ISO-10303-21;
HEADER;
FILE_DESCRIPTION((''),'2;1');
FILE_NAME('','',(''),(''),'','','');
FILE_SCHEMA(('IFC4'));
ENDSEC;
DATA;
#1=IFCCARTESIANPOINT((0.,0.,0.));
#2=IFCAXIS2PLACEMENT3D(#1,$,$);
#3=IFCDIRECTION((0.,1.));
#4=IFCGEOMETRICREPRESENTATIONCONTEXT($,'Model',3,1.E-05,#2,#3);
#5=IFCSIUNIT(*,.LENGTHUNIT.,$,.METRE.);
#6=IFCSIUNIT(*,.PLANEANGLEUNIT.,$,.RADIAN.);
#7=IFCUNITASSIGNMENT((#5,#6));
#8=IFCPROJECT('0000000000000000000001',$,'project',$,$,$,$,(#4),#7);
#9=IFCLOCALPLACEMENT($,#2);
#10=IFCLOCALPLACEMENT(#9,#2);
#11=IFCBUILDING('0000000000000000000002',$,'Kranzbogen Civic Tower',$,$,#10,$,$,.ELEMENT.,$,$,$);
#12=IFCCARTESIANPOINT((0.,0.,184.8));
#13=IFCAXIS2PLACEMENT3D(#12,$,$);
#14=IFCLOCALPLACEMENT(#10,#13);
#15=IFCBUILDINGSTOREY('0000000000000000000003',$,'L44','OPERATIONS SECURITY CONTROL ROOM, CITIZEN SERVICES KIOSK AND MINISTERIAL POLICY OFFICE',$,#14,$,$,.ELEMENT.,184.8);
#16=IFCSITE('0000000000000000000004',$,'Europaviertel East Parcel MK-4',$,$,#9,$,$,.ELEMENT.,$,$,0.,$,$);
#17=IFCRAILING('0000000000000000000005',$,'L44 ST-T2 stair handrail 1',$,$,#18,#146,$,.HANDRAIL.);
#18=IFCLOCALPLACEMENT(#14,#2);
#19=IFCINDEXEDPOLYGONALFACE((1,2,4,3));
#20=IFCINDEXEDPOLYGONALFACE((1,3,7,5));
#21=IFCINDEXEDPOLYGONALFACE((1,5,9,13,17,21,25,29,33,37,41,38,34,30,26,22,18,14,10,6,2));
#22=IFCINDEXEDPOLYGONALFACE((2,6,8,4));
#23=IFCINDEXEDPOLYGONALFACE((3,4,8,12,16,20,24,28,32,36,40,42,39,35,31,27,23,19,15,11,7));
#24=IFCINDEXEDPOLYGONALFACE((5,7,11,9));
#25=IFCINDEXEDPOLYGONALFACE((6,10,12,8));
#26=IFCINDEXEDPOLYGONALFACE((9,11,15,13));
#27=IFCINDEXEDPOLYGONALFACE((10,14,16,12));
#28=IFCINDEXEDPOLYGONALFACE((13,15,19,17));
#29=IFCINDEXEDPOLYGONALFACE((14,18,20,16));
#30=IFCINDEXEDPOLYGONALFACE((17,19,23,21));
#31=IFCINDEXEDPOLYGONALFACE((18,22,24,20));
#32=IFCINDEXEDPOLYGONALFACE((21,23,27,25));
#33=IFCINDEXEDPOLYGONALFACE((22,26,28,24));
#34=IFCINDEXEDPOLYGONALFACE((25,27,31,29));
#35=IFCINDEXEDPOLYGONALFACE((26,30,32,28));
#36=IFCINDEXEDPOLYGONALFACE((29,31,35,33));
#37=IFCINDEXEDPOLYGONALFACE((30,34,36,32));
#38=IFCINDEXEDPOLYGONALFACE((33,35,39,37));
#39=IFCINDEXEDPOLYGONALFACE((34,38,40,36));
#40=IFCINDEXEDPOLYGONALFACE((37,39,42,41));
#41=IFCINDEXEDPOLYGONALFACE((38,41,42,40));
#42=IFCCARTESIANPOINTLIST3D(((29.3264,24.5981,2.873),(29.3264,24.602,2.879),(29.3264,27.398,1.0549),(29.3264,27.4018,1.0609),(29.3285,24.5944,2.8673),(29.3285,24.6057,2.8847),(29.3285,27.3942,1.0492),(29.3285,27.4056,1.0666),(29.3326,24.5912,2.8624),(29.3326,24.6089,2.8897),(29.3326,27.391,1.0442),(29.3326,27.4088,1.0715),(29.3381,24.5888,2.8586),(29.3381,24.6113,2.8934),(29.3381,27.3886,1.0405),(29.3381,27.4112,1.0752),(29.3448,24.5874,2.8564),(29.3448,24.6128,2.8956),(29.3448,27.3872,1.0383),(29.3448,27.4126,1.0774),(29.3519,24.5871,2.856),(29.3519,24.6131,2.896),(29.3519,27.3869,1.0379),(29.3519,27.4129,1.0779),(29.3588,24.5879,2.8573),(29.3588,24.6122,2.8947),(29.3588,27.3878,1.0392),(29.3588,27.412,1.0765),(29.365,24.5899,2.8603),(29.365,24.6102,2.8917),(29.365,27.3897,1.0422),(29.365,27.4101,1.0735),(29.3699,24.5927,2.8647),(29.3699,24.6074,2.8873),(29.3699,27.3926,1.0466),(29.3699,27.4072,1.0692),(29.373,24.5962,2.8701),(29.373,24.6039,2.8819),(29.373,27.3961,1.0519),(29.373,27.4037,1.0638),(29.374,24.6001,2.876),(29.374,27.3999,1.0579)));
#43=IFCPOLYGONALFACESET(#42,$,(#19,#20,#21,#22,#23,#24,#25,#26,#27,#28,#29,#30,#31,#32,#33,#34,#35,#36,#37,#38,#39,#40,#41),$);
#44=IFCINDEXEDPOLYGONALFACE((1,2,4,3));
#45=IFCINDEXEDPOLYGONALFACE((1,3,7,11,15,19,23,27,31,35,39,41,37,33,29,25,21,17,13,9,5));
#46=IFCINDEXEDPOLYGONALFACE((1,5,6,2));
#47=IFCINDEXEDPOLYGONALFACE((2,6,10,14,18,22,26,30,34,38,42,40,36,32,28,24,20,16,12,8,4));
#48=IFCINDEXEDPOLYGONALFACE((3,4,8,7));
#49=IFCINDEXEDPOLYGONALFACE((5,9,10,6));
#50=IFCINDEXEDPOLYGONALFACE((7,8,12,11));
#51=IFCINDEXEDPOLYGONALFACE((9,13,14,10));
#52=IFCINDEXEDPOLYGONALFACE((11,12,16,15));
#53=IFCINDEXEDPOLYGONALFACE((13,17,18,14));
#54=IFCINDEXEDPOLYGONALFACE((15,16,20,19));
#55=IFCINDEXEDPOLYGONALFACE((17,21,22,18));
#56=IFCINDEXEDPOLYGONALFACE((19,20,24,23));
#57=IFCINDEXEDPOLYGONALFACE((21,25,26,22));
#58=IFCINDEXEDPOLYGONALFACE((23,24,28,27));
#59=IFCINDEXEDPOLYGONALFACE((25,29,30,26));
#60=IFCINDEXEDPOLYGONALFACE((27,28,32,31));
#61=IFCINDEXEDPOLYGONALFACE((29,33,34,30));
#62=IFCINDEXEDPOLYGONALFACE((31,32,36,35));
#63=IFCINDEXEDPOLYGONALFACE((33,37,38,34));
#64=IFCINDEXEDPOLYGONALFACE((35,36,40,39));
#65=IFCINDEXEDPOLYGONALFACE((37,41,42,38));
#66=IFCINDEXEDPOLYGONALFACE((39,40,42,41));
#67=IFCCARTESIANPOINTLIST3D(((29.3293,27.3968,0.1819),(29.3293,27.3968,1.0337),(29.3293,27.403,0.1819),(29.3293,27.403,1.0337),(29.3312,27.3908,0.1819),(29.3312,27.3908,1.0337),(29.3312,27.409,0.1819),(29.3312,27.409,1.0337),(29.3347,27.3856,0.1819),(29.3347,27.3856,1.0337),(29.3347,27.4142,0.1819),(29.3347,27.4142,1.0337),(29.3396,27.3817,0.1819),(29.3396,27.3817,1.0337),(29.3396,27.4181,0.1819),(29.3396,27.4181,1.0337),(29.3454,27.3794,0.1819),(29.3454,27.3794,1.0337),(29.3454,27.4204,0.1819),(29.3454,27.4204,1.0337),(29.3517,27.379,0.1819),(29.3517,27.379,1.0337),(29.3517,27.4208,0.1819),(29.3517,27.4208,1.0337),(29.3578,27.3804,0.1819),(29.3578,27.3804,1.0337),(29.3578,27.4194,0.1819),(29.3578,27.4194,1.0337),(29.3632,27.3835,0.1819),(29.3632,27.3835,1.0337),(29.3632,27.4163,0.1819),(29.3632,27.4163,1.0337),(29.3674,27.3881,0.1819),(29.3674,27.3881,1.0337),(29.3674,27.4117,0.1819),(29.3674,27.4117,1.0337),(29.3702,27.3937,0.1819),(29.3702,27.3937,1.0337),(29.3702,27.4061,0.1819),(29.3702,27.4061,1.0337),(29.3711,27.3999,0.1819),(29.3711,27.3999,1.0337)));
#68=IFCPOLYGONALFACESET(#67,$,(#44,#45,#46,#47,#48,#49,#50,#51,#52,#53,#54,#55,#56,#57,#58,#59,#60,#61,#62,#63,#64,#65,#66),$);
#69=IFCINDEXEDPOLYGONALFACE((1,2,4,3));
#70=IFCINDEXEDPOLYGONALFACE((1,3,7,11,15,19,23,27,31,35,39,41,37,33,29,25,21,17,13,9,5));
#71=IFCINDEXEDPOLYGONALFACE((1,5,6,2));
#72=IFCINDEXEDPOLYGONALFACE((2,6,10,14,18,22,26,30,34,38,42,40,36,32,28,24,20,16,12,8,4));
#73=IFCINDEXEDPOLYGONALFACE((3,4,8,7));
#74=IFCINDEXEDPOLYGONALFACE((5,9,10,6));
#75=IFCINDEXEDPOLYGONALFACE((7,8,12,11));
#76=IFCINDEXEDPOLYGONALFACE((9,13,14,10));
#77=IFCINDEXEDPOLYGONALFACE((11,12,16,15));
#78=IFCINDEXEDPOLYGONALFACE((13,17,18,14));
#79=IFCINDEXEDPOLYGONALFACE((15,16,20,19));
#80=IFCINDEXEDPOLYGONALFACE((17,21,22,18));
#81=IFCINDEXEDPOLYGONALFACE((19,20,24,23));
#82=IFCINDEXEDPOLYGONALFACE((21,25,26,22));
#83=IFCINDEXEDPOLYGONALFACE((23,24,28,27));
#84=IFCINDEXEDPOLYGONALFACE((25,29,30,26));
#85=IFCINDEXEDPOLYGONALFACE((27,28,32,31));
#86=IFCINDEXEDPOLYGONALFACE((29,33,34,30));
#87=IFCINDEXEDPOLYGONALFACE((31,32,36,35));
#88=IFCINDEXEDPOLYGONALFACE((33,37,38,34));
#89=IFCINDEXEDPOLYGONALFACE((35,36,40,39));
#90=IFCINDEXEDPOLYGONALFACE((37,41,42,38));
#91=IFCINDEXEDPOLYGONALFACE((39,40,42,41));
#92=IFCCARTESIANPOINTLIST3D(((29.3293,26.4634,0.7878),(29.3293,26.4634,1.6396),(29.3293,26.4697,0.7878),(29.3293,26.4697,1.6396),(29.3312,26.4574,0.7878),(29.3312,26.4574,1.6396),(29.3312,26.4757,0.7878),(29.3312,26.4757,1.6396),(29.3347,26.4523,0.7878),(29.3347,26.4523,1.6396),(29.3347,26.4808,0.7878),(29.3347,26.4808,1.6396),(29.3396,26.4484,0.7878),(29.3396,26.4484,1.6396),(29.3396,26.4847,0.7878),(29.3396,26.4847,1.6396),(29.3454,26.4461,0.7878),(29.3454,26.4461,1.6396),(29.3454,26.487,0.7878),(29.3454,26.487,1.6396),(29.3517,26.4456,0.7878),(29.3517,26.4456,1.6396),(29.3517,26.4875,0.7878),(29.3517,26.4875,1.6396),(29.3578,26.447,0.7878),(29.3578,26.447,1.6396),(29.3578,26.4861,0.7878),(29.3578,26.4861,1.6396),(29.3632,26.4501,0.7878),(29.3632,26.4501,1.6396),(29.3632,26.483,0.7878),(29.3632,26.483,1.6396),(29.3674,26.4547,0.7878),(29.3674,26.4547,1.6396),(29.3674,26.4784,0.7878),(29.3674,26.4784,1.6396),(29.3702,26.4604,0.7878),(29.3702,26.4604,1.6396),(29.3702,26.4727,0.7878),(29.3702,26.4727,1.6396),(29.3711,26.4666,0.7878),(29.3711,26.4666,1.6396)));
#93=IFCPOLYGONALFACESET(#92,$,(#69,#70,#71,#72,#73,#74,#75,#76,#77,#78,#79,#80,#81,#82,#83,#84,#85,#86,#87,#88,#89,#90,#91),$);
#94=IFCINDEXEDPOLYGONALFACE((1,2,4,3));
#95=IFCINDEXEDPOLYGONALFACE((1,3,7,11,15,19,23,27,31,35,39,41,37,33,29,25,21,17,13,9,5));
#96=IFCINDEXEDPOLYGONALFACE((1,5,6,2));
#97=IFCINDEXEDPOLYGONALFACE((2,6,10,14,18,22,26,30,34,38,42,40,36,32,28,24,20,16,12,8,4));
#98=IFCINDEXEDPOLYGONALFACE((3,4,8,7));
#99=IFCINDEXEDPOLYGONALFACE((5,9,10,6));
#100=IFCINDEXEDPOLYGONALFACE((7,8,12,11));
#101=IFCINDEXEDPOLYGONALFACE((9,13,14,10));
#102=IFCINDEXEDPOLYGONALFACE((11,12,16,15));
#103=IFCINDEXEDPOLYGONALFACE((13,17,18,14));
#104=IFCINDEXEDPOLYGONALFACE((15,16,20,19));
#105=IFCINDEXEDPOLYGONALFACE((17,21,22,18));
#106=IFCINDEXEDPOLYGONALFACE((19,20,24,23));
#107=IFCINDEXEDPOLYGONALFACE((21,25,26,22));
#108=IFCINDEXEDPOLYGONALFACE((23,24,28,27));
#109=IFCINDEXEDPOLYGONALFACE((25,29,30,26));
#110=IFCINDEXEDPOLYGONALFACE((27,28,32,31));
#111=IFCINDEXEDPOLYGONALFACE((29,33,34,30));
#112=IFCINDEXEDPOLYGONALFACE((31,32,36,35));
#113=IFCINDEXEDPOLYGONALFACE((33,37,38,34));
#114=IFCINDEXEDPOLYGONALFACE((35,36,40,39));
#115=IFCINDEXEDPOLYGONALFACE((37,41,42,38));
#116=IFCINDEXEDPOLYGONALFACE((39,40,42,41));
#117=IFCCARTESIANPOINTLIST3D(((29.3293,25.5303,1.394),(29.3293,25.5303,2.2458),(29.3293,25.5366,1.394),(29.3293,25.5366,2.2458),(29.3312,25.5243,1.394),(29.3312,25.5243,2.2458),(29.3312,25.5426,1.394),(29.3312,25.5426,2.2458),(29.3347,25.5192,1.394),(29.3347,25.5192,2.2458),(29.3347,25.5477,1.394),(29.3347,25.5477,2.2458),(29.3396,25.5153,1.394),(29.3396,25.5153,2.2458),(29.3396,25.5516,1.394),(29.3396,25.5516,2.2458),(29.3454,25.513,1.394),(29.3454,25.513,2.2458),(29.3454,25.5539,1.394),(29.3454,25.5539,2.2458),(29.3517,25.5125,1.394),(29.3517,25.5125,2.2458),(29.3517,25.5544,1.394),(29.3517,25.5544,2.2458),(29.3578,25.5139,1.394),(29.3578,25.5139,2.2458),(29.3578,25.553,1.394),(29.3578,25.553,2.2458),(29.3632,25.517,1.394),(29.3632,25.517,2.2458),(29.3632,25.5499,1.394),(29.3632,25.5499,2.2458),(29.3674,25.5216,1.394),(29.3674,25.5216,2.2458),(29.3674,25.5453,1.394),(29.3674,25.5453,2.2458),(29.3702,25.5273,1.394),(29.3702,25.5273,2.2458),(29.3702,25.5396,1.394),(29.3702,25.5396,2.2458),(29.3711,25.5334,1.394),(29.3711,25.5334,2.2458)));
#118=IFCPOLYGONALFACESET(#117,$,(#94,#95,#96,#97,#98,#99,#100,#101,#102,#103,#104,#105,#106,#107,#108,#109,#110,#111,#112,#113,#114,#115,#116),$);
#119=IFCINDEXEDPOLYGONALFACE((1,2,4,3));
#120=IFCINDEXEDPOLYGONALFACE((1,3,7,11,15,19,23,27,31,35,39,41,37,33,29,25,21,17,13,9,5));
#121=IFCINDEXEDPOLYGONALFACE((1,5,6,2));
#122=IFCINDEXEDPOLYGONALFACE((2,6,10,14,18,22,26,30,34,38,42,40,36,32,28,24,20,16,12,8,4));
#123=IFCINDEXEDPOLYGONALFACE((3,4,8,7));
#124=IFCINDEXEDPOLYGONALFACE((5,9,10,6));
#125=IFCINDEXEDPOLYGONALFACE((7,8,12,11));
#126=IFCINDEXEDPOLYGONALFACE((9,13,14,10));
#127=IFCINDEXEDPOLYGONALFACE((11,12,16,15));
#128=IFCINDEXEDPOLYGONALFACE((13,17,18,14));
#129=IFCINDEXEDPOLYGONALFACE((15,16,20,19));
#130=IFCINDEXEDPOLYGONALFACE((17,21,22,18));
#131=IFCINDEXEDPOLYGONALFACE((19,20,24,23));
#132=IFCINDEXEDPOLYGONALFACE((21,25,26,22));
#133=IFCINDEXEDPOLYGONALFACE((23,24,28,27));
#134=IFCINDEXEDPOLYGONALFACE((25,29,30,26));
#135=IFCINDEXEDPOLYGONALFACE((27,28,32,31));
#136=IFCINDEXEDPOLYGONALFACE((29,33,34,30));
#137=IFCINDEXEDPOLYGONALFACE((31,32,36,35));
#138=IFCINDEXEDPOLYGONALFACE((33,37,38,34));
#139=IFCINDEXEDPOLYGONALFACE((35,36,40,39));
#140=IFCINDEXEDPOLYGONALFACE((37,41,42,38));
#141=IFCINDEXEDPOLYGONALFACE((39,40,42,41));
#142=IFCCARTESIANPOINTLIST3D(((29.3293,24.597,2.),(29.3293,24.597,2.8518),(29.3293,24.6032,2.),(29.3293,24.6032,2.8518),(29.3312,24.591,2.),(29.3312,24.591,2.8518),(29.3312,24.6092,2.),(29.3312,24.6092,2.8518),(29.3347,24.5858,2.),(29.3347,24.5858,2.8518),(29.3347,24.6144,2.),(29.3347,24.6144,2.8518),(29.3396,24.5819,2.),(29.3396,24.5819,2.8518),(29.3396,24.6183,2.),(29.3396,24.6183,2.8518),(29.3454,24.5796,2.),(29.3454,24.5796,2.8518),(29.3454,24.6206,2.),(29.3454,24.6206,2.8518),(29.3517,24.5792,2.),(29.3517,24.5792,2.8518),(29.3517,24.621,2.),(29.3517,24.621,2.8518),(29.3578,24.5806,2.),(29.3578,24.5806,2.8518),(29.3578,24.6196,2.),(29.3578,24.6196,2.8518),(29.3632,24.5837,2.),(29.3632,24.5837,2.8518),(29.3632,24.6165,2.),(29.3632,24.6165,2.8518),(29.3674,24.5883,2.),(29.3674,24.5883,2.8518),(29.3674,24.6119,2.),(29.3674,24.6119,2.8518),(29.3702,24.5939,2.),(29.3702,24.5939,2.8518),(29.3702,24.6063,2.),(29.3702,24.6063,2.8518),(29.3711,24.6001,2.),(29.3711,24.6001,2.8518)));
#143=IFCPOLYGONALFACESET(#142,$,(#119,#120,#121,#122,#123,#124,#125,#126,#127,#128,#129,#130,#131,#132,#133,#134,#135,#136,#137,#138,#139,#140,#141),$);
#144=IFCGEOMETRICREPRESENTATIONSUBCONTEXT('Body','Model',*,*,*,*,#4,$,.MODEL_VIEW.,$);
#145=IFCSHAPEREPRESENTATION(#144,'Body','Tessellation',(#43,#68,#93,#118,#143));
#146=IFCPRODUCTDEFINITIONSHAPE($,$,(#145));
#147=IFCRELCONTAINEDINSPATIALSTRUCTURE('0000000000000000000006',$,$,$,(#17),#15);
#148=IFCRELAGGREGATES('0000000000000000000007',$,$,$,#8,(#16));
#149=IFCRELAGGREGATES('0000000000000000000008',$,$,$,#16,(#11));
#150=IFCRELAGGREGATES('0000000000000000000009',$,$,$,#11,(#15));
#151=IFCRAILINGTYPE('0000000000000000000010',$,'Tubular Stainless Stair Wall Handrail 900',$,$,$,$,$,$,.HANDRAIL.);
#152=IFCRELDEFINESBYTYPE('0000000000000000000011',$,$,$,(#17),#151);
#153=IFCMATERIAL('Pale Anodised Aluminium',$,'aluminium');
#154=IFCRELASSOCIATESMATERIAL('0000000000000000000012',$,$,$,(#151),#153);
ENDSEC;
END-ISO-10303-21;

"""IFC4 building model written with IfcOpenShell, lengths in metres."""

from ifc_helpers import new_model, si_unit, direction, frame, origin, origin_2d, place, context, subcontext, project, spatial, circle, extrude, material, type_object, element, save


model = new_model("IFC4")

# Units and contexts
model_context = context("Model", 3, precision=1e-05, world=origin(), true_north=direction((0.0, 1.0)))
body_context = subcontext(model_context, "Body", "Model", "MODEL_VIEW")
ifc_project = project(units=[si_unit("LENGTHUNIT", "METRE"), si_unit("PLANEANGLEUNIT", "RADIAN")], contexts=[model_context])

# Site, building, storey
site_placement = place(None, origin())
site = spatial("IfcSite", under=ifc_project, at=site_placement, Name="Europaviertel East Parcel MK-4", CompositionType="ELEMENT", RefElevation=0.0)
building_placement = place(site_placement, origin())
building = spatial("IfcBuilding", under=site, at=building_placement, Name="Kranzbogen Civic Tower", CompositionType="ELEMENT")
storey_placement = place(building_placement, frame((0.0, 0.0, 184.8)))
storey = spatial("IfcBuildingStorey", under=building, at=storey_placement, Name="L44", Description="OPERATIONS SECURITY CONTROL ROOM, CITIZEN SERVICES KIOSK AND MINISTERIAL POLICY OFFICE", CompositionType="ELEMENT", Elevation=184.8)

# Shared definitions
ifc_material_1 = material(Name="Pale Anodised Aluminium", Category="aluminium")

# Railing
railing_type_1 = type_object("IfcRailingType", Name="Tubular Stainless Stair Wall Handrail 900", PredefinedType="HANDRAIL", material=ifc_material_1)
railing_1_placement = place(storey_placement, frame((29.3501, 27.3999, 0.1819)))
element("IfcRailing", 1, at=railing_1_placement, inside=storey, type_object=railing_type_1, Name="L44 ST-T2 stair handrail 1", PredefinedType="HANDRAIL", context=body_context, shape_type="SweptSolid", body=[
    extrude(circle(Radius=0.0239, at=origin_2d()), frame((0.0, 0.0, 0.876), z_axis=(0.0, -0.838684, 0.544618), x_axis=(1.0, 0.0, 0.0)), (0.0, 0.0, 1.0), 3.3384),
    extrude(circle(Radius=0.021, at=origin_2d()), origin(), (0.0, 0.0, 1.0), 0.8518),
    extrude(circle(Radius=0.021, at=origin_2d()), frame((0.0, -0.9333, 0.606)), (0.0, 0.0, 1.0), 0.8518),
    extrude(circle(Radius=0.021, at=origin_2d()), frame((0.0, -1.8665, 1.2122)), (0.0, 0.0, 1.0), 0.8518),
    extrude(circle(Radius=0.021, at=origin_2d()), frame((0.0, -2.7998, 1.8181)), (0.0, 0.0, 1.0), 0.8518),
])

save(model, "model.ifc")
